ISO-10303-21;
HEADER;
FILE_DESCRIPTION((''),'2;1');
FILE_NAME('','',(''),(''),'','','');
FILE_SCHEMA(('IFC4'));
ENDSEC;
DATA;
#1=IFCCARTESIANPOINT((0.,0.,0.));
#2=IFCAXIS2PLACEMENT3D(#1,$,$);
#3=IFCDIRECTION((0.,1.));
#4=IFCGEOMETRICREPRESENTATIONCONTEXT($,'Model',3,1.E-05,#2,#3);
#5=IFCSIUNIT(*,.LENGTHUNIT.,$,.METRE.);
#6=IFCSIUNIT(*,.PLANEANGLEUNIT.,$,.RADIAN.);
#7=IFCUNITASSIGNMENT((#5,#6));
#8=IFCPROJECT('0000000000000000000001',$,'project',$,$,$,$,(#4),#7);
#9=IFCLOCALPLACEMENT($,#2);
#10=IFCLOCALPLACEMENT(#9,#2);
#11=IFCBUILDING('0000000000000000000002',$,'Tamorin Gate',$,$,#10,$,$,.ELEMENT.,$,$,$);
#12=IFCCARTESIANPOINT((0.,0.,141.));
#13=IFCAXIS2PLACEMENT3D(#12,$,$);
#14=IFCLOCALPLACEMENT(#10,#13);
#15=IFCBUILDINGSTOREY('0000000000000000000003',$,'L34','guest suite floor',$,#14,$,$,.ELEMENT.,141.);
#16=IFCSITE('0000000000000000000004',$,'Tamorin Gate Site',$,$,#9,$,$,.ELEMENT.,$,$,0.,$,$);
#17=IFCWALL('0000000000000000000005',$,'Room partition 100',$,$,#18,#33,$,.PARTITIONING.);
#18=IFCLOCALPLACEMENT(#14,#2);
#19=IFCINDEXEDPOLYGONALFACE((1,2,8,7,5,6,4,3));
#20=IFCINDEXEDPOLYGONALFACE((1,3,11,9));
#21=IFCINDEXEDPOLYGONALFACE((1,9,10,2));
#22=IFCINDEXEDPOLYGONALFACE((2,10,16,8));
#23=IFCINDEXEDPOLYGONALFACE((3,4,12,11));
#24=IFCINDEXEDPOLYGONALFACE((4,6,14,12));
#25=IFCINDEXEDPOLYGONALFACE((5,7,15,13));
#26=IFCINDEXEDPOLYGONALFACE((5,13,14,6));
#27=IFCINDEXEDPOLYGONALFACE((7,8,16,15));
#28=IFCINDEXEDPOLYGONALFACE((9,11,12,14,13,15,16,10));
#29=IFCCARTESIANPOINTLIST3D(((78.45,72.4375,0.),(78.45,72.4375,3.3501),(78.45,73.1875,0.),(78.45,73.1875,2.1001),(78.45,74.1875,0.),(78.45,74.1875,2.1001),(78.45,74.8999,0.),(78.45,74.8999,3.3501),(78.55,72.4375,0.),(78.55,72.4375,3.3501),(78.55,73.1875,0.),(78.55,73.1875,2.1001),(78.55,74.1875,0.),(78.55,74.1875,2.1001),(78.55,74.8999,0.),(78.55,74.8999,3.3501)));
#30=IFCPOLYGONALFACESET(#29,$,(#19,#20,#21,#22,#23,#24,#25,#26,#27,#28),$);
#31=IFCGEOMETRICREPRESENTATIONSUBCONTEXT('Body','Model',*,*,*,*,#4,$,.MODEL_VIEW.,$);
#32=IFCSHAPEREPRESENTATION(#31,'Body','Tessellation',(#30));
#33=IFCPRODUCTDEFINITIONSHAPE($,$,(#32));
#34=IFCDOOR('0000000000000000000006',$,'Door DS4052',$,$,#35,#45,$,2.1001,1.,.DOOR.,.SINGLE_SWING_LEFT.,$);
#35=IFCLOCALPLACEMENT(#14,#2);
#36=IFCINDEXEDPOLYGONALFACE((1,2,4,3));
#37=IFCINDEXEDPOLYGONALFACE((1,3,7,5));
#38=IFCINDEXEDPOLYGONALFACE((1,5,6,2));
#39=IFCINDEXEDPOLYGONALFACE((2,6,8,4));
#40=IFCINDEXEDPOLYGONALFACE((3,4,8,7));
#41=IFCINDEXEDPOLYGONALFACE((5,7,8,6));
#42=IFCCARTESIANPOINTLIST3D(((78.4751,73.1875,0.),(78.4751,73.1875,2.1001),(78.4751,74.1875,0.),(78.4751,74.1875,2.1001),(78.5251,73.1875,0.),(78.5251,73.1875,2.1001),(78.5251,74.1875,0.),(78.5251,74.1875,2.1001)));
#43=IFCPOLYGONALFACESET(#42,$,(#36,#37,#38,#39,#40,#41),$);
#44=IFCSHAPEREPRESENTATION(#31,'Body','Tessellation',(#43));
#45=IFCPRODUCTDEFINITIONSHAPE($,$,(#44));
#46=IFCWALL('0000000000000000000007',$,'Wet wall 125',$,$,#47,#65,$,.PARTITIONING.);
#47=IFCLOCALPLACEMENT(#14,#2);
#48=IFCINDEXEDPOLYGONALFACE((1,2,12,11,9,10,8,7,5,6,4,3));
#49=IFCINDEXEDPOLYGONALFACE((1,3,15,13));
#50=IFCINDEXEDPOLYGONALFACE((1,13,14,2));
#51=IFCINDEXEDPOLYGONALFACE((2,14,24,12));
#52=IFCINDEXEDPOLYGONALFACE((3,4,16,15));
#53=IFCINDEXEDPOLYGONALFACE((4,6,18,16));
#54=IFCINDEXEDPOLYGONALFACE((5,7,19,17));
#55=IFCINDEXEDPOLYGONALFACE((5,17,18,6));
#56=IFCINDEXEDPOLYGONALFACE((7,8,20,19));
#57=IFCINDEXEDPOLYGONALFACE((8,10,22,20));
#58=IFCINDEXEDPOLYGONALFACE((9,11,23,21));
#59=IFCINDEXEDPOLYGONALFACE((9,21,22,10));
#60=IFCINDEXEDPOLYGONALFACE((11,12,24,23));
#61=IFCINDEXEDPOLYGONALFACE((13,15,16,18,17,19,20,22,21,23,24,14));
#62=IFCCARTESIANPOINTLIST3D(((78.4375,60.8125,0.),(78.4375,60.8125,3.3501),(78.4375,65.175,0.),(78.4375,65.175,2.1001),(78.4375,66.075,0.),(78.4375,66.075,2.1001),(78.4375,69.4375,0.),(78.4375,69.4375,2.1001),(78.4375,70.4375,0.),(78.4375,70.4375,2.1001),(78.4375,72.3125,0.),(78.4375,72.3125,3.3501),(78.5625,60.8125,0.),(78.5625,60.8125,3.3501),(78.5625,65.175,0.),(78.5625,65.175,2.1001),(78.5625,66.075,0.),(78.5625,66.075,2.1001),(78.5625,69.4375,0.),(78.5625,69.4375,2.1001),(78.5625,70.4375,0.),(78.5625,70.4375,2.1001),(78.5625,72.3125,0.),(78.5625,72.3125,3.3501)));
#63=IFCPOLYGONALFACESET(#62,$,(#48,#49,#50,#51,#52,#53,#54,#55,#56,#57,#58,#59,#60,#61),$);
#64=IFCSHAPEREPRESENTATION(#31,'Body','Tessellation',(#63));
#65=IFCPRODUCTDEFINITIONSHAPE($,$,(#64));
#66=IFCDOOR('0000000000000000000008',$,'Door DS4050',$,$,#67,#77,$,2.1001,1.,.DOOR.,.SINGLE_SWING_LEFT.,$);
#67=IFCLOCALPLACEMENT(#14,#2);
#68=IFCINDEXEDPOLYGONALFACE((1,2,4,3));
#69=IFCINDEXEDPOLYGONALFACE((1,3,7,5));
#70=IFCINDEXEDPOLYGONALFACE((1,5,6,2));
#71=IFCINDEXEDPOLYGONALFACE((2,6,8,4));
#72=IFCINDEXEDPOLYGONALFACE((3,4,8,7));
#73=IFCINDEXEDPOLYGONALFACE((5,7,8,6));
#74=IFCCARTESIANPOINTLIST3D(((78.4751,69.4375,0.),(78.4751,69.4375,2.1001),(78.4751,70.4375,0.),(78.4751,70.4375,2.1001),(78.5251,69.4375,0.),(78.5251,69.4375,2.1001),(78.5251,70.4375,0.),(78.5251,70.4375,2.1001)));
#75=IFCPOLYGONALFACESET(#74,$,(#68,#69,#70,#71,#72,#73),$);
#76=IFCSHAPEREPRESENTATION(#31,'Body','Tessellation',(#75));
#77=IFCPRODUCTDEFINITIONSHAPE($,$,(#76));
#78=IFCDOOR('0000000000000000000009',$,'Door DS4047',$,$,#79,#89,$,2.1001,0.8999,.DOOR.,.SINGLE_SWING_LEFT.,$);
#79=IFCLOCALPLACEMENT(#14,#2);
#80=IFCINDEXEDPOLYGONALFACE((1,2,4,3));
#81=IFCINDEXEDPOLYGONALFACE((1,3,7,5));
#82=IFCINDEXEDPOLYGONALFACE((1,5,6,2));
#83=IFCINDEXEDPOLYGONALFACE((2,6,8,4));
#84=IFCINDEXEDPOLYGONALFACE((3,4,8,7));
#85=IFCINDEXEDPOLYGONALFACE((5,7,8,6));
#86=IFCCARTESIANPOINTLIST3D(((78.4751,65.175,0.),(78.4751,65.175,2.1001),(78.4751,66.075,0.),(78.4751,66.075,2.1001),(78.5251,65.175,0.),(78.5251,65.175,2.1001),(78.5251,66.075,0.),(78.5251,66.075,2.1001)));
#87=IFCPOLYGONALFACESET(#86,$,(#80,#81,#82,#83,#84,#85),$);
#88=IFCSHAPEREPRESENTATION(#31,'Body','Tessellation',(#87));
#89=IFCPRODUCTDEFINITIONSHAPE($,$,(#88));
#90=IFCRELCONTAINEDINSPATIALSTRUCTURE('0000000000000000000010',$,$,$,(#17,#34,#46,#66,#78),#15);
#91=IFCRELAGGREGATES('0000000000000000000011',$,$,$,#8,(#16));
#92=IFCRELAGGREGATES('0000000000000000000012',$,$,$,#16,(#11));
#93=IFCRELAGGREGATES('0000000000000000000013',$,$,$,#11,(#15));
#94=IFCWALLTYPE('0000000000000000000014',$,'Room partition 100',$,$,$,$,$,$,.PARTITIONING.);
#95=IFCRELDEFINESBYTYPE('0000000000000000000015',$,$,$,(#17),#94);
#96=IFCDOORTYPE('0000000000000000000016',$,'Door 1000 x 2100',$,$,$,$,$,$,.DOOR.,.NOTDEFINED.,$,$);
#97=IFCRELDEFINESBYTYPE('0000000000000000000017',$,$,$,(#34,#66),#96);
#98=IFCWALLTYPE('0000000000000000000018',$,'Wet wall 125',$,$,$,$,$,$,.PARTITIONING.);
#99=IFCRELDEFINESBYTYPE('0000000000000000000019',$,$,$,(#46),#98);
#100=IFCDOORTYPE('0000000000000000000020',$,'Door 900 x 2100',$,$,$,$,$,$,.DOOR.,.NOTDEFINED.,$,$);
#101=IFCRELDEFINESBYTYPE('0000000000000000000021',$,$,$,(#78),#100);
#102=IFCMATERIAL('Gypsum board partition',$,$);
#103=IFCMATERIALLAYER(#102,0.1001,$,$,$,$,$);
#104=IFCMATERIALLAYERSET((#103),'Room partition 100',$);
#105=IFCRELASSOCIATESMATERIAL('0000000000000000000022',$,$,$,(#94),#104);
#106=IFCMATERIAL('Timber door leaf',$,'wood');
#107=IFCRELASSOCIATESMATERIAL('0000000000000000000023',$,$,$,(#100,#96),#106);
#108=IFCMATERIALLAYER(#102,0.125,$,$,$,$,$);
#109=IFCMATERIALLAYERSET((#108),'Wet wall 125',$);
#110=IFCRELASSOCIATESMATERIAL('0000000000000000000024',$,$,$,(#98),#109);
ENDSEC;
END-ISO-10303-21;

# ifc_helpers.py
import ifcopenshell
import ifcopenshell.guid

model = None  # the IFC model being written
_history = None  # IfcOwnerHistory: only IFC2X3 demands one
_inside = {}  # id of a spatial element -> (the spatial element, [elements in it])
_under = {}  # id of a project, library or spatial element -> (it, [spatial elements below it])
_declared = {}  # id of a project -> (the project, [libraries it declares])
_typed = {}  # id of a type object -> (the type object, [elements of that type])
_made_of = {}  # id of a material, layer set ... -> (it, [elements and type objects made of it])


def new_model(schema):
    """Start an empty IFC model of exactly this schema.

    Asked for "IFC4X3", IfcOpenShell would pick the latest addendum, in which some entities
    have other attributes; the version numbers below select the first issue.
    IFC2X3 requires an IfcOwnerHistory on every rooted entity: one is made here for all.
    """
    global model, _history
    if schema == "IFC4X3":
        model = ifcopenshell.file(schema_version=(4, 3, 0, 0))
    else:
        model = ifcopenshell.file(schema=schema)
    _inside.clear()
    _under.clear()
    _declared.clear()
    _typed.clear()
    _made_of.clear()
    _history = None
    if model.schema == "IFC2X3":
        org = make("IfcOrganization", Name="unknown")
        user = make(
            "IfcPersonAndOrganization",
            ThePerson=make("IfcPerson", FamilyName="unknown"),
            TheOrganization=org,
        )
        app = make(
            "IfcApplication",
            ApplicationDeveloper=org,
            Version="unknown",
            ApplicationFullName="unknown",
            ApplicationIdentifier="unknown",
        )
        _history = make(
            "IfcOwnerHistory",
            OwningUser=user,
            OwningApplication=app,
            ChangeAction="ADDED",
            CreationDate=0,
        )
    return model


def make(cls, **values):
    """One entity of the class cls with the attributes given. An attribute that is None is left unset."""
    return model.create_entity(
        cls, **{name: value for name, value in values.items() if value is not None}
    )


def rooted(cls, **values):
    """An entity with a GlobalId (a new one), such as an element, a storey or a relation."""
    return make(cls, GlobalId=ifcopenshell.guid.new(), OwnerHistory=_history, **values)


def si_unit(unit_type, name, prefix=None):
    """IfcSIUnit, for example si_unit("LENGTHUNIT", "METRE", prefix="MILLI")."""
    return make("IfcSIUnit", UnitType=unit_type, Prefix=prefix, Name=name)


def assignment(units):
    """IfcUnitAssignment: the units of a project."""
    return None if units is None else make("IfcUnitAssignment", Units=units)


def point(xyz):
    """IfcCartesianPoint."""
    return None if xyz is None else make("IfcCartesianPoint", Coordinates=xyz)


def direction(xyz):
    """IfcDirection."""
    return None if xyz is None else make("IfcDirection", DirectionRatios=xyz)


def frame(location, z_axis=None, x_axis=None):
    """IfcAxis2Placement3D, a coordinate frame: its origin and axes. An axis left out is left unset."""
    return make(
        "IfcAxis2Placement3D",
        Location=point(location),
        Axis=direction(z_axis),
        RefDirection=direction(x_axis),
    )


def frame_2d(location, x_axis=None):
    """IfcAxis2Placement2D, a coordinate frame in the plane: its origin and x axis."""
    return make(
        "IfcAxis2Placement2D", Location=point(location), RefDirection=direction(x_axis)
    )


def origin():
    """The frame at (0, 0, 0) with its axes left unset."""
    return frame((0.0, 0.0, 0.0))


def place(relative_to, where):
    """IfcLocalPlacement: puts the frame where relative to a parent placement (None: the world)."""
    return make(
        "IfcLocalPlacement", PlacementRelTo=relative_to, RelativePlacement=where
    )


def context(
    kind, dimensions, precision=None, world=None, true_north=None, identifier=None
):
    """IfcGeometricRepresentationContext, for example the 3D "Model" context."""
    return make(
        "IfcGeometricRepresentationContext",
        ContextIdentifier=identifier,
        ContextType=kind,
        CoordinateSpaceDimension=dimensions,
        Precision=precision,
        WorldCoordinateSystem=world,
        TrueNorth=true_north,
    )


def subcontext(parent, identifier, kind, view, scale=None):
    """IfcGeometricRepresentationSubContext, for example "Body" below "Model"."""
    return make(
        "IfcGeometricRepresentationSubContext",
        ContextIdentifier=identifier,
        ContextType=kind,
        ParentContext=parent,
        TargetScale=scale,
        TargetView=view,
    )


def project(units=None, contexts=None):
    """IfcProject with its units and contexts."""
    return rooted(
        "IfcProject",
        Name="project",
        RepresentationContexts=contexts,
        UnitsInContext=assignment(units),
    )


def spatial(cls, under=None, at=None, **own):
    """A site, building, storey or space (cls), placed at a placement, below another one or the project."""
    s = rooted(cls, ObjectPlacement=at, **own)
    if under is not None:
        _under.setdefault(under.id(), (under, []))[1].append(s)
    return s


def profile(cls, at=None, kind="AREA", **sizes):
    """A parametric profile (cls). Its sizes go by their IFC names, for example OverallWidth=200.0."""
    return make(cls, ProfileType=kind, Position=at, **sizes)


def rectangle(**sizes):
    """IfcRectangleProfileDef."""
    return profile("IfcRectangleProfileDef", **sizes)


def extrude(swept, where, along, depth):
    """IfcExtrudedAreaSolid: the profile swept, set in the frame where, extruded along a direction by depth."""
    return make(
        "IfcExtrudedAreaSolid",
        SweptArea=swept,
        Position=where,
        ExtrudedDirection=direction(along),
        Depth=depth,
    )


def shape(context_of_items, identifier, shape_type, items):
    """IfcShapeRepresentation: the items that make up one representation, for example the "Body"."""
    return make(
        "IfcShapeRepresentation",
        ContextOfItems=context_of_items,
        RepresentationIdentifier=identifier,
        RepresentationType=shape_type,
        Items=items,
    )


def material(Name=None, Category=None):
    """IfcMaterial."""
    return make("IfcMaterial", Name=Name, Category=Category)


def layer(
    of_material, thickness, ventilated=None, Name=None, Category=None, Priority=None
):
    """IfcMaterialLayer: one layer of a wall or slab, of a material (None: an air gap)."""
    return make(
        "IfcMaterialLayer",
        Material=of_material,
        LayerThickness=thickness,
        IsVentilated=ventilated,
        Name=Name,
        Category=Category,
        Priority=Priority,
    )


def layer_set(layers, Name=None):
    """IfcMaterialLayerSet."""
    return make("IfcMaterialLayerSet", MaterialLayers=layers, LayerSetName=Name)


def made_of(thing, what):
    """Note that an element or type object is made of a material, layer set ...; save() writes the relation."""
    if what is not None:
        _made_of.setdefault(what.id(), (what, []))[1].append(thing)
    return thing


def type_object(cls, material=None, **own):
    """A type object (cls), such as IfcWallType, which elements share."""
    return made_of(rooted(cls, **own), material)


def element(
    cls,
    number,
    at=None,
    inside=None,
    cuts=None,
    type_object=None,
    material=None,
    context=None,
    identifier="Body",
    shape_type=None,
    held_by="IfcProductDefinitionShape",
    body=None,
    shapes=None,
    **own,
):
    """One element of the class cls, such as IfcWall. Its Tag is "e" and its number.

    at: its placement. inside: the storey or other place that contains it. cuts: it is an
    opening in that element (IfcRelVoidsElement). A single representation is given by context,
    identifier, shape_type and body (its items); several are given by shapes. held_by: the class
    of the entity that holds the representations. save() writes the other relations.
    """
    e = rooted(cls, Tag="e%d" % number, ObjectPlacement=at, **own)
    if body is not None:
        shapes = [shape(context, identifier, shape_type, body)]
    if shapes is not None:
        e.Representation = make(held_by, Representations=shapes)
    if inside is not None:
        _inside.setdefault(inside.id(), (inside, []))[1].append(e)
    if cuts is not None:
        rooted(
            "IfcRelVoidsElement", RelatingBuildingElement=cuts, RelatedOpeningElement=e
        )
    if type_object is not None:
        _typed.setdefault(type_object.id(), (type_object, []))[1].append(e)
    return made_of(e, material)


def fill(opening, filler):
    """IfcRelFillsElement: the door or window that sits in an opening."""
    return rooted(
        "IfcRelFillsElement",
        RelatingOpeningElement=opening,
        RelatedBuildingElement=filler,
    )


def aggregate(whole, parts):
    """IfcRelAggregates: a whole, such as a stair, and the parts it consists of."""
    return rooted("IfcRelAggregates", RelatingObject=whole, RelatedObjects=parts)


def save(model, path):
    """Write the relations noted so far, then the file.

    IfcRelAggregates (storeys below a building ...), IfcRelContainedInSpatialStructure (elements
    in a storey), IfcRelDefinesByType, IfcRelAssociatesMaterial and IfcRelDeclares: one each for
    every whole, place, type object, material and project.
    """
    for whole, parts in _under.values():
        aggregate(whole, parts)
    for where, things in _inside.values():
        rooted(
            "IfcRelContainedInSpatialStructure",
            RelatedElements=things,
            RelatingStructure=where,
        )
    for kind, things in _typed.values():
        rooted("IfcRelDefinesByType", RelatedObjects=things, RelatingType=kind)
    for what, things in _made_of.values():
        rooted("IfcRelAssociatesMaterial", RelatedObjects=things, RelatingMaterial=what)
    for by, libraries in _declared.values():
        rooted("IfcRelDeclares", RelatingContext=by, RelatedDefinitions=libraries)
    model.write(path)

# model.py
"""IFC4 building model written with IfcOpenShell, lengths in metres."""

from ifc_helpers import new_model, si_unit, direction, frame, frame_2d, origin, place, context, subcontext, project, spatial, rectangle, extrude, material, layer, layer_set, type_object, element, fill, save


model = new_model("IFC4")

# Units and contexts
model_context = context("Model", 3, precision=1e-05, world=origin(), true_north=direction((0.0, 1.0)))
body_context = subcontext(model_context, "Body", "Model", "MODEL_VIEW")
ifc_project = project(units=[si_unit("LENGTHUNIT", "METRE"), si_unit("PLANEANGLEUNIT", "RADIAN")], contexts=[model_context])

# Site, building, storey
site_placement = place(None, origin())
site = spatial("IfcSite", under=ifc_project, at=site_placement, Name="Tamorin Gate Site", CompositionType="ELEMENT", RefElevation=0.0)
building_placement = place(site_placement, origin())
building = spatial("IfcBuilding", under=site, at=building_placement, Name="Tamorin Gate", CompositionType="ELEMENT")
storey_placement = place(building_placement, frame((0.0, 0.0, 141.0)))
storey = spatial("IfcBuildingStorey", under=building, at=storey_placement, Name="L34", Description="guest suite floor", CompositionType="ELEMENT", Elevation=141.0)

# Wall, opening, door
ifc_material_1 = material(Name="Gypsum board partition")
ifc_layer_1 = layer(ifc_material_1, 0.1001)
ifc_layer_set_1 = layer_set([ifc_layer_1], Name="Room partition 100")
wall_type_1 = type_object("IfcWallType", Name="Room partition 100", PredefinedType="PARTITIONING", material=ifc_layer_set_1)
ifc_material_2 = material(Name="Timber door leaf", Category="wood")
door_type_1 = type_object("IfcDoorType", Name="Door 900 x 2100", OperationType="NOTDEFINED", PredefinedType="DOOR", material=ifc_material_2)
wall_1_placement = place(storey_placement, frame((78.5, 72.4375, 0.0), z_axis=(0.0, 0.0, 1.0), x_axis=(0.0, 1.0, 0.0)))
wall_1 = element("IfcWall", 1, at=wall_1_placement, inside=storey, type_object=wall_type_1, Name="Room partition 100", PredefinedType="PARTITIONING", context=body_context, shape_type="SweptSolid", body=[
    extrude(rectangle(XDim=2.4624, YDim=0.1001, at=frame_2d((1.2312, 0.0))), origin(), (0.0, 0.0, 1.0), 3.3501),
])
opening_1_placement = place(wall_1_placement, frame((0.75, 0.0, 0.0)))
opening_1 = element("IfcOpeningElement", 2, at=opening_1_placement, cuts=wall_1, PredefinedType="OPENING", context=body_context, shape_type="SweptSolid", body=[
    extrude(rectangle(XDim=1.0, YDim=2.1001, at=frame_2d((0.5, 1.05))), frame((0.0, 0.0601, 0.0), z_axis=(0.0, -1.0, 0.0), x_axis=(1.0, 0.0, 0.0)), (0.0, 0.0, 1.0), 0.1201),
])
door_type_2 = type_object("IfcDoorType", Name="Door 1000 x 2100", OperationType="NOTDEFINED", PredefinedType="DOOR", material=ifc_material_2)
door_1_placement = place(opening_1_placement, origin())
door_1 = element("IfcDoor", 3, at=door_1_placement, inside=storey, type_object=door_type_2, Name="Door DS4052", OperationType="SINGLE_SWING_LEFT", OverallHeight=2.1001, OverallWidth=1.0, PredefinedType="DOOR", context=body_context, shape_type="SweptSolid", body=[
    extrude(rectangle(XDim=1.0, YDim=2.1001, at=frame_2d((0.5, 1.05))), frame((0.0, 0.0249, 0.0), z_axis=(0.0, -1.0, 0.0), x_axis=(1.0, 0.0, 0.0)), (0.0, 0.0, 1.0), 0.05),
])
fill(opening_1, door_1)

# Wall, openings, doors
ifc_layer_2 = layer(ifc_material_1, 0.125)
ifc_layer_set_2 = layer_set([ifc_layer_2], Name="Wet wall 125")
wall_type_2 = type_object("IfcWallType", Name="Wet wall 125", PredefinedType="PARTITIONING", material=ifc_layer_set_2)
wall_2_placement = place(storey_placement, frame((78.5, 60.8125, 0.0), z_axis=(0.0, 0.0, 1.0), x_axis=(0.0, 1.0, 0.0)))
wall_2 = element("IfcWall", 4, at=wall_2_placement, inside=storey, type_object=wall_type_2, Name="Wet wall 125", PredefinedType="PARTITIONING", context=body_context, shape_type="SweptSolid", body=[
    extrude(rectangle(XDim=11.5, YDim=0.125, at=frame_2d((5.75, 0.0))), origin(), (0.0, 0.0, 1.0), 3.3501),
])
opening_2_placement = place(wall_2_placement, frame((4.3625, 0.0, 0.0)))
opening_2 = element("IfcOpeningElement", 5, at=opening_2_placement, cuts=wall_2, PredefinedType="OPENING", context=body_context, shape_type="SweptSolid", body=[
    extrude(rectangle(XDim=0.8999, YDim=2.1001, at=frame_2d((0.45, 1.05))), frame((0.0, 0.0725, 0.0), z_axis=(0.0, -1.0, 0.0), x_axis=(1.0, 0.0, 0.0)), (0.0, 0.0, 1.0), 0.145),
])
opening_3_placement = place(wall_2_placement, frame((8.625, 0.0, 0.0)))
opening_3 = element("IfcOpeningElement", 6, at=opening_3_placement, cuts=wall_2, PredefinedType="OPENING", context=body_context, shape_type="SweptSolid", body=[
    extrude(rectangle(XDim=1.0, YDim=2.1001, at=frame_2d((0.5, 1.05))), frame((0.0, 0.0725, 0.0), z_axis=(0.0, -1.0, 0.0), x_axis=(1.0, 0.0, 0.0)), (0.0, 0.0, 1.0), 0.145),
])
door_2_placement = place(opening_3_placement, origin())
door_2 = element("IfcDoor", 7, at=door_2_placement, inside=storey, type_object=door_type_2, Name="Door DS4050", OperationType="SINGLE_SWING_LEFT", OverallHeight=2.1001, OverallWidth=1.0, PredefinedType="DOOR", context=body_context, shape_type="SweptSolid", body=[
    extrude(rectangle(XDim=1.0, YDim=2.1001, at=frame_2d((0.5, 1.05))), frame((0.0, 0.0249, 0.0), z_axis=(0.0, -1.0, 0.0), x_axis=(1.0, 0.0, 0.0)), (0.0, 0.0, 1.0), 0.05),
])
fill(opening_3, door_2)
door_3_placement = place(opening_2_placement, origin())
door_3 = element("IfcDoor", 8, at=door_3_placement, inside=storey, type_object=door_type_1, Name="Door DS4047", OperationType="SINGLE_SWING_LEFT", OverallHeight=2.1001, OverallWidth=0.8999, PredefinedType="DOOR", context=body_context, shape_type="SweptSolid", body=[
    extrude(rectangle(XDim=0.8999, YDim=2.1001, at=frame_2d((0.45, 1.05))), frame((0.0, 0.0249, 0.0), z_axis=(0.0, -1.0, 0.0), x_axis=(1.0, 0.0, 0.0)), (0.0, 0.0, 1.0), 0.05),
])
fill(opening_2, door_3)

save(model, "model.ifc")
